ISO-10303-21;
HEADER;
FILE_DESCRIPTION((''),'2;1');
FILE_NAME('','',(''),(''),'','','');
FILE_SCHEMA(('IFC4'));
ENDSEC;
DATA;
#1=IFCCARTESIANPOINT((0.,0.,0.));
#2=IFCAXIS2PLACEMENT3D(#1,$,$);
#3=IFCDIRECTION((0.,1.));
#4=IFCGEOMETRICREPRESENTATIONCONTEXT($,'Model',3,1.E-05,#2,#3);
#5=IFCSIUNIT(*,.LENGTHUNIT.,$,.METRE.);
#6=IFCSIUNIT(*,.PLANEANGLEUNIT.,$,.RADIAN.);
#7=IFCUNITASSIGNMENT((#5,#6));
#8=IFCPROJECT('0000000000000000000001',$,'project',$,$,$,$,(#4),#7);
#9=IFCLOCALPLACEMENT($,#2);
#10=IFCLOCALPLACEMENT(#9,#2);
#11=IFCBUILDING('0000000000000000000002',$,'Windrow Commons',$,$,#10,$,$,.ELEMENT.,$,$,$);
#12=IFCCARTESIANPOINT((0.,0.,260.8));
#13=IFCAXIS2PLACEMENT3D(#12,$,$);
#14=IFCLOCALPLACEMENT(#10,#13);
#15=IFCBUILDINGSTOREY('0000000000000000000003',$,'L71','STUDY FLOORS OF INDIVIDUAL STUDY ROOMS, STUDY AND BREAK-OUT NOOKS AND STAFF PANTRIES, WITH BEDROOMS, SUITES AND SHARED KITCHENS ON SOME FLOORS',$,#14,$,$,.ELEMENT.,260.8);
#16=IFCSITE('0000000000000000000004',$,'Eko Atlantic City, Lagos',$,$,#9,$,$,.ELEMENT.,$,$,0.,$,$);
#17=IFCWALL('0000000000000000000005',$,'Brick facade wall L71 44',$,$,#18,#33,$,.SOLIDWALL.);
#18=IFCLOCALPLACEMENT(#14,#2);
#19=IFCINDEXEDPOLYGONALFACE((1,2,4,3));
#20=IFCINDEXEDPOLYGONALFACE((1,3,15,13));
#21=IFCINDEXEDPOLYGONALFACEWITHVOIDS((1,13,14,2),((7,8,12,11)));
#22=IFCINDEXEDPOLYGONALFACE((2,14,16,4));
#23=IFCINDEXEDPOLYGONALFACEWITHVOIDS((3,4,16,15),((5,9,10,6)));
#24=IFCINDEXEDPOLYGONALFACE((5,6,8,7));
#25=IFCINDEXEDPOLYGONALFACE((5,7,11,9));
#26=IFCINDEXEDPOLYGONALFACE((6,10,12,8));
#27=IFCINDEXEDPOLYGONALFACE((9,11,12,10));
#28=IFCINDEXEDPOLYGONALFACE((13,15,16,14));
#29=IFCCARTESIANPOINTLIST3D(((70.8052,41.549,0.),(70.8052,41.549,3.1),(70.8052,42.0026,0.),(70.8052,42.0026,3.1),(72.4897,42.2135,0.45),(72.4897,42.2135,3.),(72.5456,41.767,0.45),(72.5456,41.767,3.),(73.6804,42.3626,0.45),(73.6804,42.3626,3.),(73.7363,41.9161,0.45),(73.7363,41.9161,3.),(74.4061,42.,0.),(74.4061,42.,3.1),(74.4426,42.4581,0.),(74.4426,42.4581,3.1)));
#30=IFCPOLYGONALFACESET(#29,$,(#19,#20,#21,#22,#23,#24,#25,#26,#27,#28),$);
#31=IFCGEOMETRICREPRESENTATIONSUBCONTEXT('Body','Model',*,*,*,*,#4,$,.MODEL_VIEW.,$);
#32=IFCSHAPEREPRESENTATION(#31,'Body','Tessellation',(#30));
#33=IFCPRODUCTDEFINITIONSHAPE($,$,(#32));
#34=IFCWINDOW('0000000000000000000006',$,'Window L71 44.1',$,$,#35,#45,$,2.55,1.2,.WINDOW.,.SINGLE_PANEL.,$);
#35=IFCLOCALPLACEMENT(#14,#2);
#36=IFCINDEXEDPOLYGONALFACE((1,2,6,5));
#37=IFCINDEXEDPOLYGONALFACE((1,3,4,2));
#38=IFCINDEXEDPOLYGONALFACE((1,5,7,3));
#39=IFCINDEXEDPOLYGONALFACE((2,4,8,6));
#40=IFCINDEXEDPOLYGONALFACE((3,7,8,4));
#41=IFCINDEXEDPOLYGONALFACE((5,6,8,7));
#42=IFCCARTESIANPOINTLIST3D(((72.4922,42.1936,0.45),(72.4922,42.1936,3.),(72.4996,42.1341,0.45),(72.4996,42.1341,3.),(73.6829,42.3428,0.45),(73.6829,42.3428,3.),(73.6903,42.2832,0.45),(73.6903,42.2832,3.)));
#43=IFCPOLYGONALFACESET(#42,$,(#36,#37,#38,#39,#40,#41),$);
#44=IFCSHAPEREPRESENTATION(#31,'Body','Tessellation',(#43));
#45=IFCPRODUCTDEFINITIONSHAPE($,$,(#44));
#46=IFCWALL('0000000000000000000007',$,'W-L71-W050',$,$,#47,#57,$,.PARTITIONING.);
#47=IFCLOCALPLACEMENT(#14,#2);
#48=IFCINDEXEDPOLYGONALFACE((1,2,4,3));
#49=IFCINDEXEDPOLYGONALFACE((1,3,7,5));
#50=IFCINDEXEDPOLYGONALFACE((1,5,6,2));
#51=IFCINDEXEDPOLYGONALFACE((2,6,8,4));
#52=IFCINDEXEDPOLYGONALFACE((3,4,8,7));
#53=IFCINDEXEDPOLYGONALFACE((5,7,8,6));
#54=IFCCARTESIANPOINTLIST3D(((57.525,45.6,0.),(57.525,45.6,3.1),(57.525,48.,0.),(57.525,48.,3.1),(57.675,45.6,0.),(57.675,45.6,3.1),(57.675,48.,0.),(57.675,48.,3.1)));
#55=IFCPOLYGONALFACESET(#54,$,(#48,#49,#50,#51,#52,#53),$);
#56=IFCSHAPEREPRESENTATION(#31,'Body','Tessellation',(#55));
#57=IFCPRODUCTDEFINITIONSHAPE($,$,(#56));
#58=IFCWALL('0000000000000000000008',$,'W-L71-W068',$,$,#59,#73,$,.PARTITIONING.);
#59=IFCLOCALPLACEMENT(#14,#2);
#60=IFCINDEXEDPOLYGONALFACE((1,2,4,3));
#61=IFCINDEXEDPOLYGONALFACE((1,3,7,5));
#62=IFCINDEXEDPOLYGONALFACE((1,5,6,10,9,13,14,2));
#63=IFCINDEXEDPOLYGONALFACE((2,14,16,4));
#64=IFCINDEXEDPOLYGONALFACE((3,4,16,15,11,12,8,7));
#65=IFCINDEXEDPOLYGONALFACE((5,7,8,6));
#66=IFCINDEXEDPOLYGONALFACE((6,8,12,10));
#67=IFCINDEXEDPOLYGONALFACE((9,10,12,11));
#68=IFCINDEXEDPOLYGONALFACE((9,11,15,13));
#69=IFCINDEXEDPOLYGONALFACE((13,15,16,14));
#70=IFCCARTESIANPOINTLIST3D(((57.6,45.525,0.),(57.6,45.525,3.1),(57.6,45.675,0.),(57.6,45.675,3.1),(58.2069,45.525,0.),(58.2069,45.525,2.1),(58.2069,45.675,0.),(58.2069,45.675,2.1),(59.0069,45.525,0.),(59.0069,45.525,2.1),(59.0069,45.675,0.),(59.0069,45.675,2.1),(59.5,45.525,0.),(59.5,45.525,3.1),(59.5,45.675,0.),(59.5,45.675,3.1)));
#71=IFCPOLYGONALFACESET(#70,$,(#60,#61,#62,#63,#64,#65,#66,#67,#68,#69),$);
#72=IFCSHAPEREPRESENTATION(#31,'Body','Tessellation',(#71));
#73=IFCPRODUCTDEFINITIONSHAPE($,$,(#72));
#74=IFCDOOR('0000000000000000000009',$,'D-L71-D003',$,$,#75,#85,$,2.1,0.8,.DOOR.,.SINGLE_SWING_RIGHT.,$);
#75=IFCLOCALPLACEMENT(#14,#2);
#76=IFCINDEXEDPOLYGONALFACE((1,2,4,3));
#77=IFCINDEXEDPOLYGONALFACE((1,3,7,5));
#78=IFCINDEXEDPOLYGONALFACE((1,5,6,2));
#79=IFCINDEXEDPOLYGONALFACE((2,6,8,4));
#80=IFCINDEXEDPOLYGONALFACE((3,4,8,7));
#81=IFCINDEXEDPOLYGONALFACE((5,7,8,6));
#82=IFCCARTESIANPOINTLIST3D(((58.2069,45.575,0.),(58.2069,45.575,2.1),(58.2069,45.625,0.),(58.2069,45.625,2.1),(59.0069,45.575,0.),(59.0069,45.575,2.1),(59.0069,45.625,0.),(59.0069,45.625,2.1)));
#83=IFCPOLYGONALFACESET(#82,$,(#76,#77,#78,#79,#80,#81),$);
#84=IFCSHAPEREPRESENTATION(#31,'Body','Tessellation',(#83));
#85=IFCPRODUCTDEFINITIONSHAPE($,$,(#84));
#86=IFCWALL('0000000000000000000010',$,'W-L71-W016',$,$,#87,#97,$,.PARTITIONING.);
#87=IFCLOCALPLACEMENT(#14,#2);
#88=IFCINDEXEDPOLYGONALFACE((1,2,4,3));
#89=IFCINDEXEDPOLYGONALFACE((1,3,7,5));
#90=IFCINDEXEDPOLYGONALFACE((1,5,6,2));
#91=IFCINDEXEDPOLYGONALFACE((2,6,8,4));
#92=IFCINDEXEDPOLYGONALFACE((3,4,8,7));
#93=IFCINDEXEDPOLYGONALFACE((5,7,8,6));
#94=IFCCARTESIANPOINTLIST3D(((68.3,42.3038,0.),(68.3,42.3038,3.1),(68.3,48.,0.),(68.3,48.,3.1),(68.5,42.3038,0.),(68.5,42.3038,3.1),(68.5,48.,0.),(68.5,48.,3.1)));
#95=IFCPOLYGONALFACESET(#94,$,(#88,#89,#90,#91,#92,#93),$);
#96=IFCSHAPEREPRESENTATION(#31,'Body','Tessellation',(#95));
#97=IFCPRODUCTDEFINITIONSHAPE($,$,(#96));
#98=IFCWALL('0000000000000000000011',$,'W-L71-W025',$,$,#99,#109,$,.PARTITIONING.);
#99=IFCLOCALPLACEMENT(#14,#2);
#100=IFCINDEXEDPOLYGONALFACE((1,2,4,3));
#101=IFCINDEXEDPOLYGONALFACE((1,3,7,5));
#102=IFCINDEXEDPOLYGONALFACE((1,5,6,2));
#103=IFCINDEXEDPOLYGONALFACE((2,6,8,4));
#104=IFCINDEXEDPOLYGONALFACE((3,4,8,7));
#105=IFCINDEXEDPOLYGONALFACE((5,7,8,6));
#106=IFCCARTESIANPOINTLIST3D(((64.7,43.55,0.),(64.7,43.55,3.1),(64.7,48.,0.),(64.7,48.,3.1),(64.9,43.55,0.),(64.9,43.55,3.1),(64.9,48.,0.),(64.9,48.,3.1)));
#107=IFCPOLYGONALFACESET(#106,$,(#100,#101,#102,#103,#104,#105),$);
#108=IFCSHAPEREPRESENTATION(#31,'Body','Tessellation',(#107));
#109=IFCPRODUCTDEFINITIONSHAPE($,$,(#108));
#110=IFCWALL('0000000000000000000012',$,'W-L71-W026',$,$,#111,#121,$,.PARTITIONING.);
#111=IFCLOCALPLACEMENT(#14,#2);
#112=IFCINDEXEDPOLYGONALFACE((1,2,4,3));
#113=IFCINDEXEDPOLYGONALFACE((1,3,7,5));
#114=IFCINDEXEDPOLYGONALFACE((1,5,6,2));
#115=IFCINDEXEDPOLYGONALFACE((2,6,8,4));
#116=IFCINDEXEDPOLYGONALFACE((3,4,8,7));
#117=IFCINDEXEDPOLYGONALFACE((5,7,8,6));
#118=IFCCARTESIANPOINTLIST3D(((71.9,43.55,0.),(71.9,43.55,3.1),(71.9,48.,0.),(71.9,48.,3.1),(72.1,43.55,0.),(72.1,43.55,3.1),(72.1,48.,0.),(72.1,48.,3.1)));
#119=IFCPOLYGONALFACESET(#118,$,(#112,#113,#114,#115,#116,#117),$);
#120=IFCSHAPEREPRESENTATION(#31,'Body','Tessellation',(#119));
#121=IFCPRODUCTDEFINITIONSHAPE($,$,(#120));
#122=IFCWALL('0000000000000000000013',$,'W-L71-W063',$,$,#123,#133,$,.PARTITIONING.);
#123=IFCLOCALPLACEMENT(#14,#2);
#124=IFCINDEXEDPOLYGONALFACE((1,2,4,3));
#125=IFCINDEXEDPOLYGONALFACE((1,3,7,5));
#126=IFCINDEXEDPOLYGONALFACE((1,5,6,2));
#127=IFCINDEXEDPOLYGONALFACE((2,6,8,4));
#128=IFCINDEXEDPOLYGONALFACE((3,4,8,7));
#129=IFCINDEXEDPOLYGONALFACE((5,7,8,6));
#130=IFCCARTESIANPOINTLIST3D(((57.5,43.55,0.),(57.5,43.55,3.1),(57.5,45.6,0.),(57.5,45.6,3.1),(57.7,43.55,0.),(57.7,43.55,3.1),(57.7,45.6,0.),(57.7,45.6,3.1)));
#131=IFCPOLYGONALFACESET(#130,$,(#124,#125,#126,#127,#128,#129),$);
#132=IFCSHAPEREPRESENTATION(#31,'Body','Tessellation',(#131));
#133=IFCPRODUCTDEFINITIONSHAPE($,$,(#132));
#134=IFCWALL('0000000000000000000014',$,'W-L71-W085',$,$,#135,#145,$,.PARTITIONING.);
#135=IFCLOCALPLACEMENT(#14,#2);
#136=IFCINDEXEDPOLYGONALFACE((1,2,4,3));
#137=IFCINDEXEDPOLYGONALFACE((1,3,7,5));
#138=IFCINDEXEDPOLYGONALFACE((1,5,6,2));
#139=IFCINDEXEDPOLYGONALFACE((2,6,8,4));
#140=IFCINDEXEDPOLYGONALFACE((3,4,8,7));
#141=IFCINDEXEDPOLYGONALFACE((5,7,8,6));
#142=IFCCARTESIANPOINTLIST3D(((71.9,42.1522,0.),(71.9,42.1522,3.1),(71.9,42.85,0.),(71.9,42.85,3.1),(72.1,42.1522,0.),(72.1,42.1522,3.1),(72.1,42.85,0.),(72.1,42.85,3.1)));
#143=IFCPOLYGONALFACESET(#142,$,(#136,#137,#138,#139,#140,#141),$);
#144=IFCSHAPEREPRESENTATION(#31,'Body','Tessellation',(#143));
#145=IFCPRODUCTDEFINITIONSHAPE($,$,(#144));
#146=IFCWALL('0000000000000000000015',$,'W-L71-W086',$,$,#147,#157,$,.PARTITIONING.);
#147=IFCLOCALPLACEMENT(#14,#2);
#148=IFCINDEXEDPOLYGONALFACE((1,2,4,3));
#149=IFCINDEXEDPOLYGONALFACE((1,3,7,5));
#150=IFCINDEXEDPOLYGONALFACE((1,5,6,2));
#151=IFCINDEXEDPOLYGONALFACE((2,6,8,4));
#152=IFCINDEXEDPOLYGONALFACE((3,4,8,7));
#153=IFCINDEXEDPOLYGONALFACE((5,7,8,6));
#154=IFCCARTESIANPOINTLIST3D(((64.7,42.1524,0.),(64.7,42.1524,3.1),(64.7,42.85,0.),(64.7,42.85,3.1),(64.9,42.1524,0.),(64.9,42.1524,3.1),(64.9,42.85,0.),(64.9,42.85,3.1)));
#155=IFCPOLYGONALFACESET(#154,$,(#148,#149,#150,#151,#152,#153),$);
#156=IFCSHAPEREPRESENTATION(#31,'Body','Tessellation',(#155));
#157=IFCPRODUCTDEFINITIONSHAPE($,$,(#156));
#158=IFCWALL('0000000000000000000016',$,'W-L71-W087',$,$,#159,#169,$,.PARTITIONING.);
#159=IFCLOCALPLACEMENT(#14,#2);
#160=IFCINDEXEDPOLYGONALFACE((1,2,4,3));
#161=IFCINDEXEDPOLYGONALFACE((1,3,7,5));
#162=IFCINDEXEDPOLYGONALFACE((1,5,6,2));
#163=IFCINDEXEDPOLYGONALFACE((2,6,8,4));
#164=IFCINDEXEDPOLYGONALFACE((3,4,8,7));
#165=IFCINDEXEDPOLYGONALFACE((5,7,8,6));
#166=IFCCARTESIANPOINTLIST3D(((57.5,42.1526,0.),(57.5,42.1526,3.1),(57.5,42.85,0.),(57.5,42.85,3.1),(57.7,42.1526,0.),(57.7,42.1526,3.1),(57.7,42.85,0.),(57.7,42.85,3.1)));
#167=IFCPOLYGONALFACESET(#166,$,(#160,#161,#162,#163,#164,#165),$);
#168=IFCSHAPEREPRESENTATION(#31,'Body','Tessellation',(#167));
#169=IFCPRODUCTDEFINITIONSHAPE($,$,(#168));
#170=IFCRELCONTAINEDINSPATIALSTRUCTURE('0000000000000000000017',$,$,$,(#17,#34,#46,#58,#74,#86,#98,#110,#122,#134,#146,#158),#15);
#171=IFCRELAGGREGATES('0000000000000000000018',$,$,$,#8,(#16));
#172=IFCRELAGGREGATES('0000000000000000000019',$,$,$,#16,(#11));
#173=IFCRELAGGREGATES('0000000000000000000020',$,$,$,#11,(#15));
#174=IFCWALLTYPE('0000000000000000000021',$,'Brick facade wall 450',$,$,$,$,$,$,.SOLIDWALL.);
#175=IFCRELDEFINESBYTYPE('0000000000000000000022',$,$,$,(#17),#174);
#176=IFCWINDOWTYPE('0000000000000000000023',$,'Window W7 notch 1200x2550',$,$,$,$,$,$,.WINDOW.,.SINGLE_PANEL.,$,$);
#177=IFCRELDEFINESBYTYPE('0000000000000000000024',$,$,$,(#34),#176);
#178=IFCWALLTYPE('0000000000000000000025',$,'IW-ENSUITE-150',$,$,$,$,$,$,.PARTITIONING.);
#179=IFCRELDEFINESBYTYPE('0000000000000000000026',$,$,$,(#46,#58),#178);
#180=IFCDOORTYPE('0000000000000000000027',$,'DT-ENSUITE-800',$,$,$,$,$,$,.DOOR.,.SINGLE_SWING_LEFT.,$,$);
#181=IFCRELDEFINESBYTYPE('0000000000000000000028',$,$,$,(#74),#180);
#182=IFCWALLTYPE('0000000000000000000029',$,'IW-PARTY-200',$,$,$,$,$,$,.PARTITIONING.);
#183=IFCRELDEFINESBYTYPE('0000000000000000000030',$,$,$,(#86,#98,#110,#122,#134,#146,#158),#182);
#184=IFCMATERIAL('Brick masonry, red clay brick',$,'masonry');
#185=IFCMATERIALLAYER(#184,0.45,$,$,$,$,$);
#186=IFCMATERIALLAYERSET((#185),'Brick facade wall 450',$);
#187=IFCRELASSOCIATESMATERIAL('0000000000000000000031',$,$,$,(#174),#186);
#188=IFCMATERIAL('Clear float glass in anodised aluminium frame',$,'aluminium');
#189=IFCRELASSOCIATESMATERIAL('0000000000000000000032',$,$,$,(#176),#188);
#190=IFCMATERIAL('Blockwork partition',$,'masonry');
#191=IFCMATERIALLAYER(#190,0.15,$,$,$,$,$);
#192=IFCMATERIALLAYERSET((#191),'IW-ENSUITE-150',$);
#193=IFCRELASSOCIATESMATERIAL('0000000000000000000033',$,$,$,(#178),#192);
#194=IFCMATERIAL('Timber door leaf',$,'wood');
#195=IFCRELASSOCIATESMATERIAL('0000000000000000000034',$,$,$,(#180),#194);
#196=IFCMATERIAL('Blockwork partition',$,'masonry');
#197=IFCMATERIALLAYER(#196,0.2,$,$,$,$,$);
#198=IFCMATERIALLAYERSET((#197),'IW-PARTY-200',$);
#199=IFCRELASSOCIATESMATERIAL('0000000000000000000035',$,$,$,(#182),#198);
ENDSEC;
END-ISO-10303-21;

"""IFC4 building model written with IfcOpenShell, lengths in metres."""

from ifc_helpers import new_model, si_unit, direction, frame, frame_2d, origin, place, context, subcontext, project, spatial, polyline, rectangle, outline, extrude, material, layer, layer_set, type_object, element, fill, save


model = new_model("IFC4")

# Units and contexts
model_context = context("Model", 3, precision=1e-05, world=origin(), true_north=direction((0.0, 1.0)))
body_context = subcontext(model_context, "Body", "Model", "MODEL_VIEW")
ifc_project = project(units=[si_unit("LENGTHUNIT", "METRE"), si_unit("PLANEANGLEUNIT", "RADIAN")], contexts=[model_context])

# Site, building, storey
site_placement = place(None, origin())
site = spatial("IfcSite", under=ifc_project, at=site_placement, Name="Eko Atlantic City, Lagos", CompositionType="ELEMENT", RefElevation=0.0)
building_placement = place(site_placement, origin())
building = spatial("IfcBuilding", under=site, at=building_placement, Name="Windrow Commons", CompositionType="ELEMENT")
storey_placement = place(building_placement, frame((0.0, 0.0, 260.8)))
storey = spatial("IfcBuildingStorey", under=building, at=storey_placement, Name="L71", Description="STUDY FLOORS OF INDIVIDUAL STUDY ROOMS, STUDY AND BREAK-OUT NOOKS AND STAFF PANTRIES, WITH BEDROOMS, SUITES AND SHARED KITCHENS ON SOME FLOORS", CompositionType="ELEMENT", Elevation=260.8)

# Wall, opening, window
ifc_material_1 = material(Name="Brick masonry, red clay brick", Category="masonry")
ifc_layer_1 = layer(ifc_material_1, 0.45)
ifc_layer_set_1 = layer_set([ifc_layer_1], Name="Brick facade wall 450")
wall_type_1 = type_object("IfcWallType", Name="Brick facade wall 450", PredefinedType="SOLIDWALL", material=ifc_layer_set_1)
ifc_material_2 = material(Name="Clear float glass in anodised aluminium frame", Category="aluminium")
window_type = type_object("IfcWindowType", Name="Window W7 notch 1200x2550", PartitioningType="SINGLE_PANEL", PredefinedType="WINDOW", material=ifc_material_2)
wall_1_placement = place(storey_placement, frame((70.8052, 41.7758, 0.0), z_axis=(0.0, 0.0, 1.0), x_axis=(0.99225, 0.124254, 0.0)))
wall_1 = element("IfcWall", 1, at=wall_1_placement, inside=storey, type_object=wall_type_1, Name="Brick facade wall L71 44", PredefinedType="SOLIDWALL", context=body_context, shape_type="SweptSolid", body=[
    extrude(outline(polyline([(-0.0282, -0.225), (3.6008, -0.225), (3.694, 0.225), (0.0282, 0.225), (-0.0282, -0.225)])), origin(), (0.0, 0.0, 1.0), 3.1),
])
opening_1_placement = place(wall_1_placement, frame((1.7258, 0.0, 0.45)))
opening_1 = element("IfcOpeningElement", 2, at=opening_1_placement, cuts=wall_1, PredefinedType="OPENING", context=body_context, shape_type="SweptSolid", body=[
    extrude(rectangle(XDim=1.2, YDim=2.55, at=frame_2d((0.6, 1.275))), frame((0.0, 0.235, 0.0), z_axis=(0.0, -1.0, 0.0), x_axis=(1.0, 0.0, 0.0)), (0.0, 0.0, 1.0), 0.47),
])
window_1_placement = place(opening_1_placement, origin())
window_1 = element("IfcWindow", 3, at=window_1_placement, inside=storey, type_object=window_type, Name="Window L71 44.1", OverallHeight=2.55, OverallWidth=1.2, PartitioningType="SINGLE_PANEL", PredefinedType="WINDOW", context=body_context, shape_type="SweptSolid", body=[
    extrude(rectangle(XDim=1.2, YDim=2.55, at=frame_2d((0.6, 1.275))), frame((0.0, 0.205, 0.0), z_axis=(0.0, -1.0, 0.0), x_axis=(1.0, 0.0, 0.0)), (0.0, 0.0, 1.0), 0.06),
])
fill(opening_1, window_1)

# Wall
ifc_material_3 = material(Name="Blockwork partition", Category="masonry")
ifc_layer_2 = layer(ifc_material_3, 0.15)
ifc_layer_set_2 = layer_set([ifc_layer_2], Name="IW-ENSUITE-150")
wall_type_2 = type_object("IfcWallType", Name="IW-ENSUITE-150", PredefinedType="PARTITIONING", material=ifc_layer_set_2)
wall_2_placement = place(storey_placement, frame((57.6, 45.6, 0.0), z_axis=(0.0, 0.0, 1.0), x_axis=(0.0, 1.0, 0.0)))
element("IfcWall", 4, at=wall_2_placement, inside=storey, type_object=wall_type_2, Name="W-L71-W050", PredefinedType="PARTITIONING", context=body_context, shape_type="SweptSolid", body=[
    extrude(rectangle(XDim=2.4, YDim=0.15, at=frame_2d((1.2, 0.0))), origin(), (0.0, 0.0, 1.0), 3.1),
])

# Wall, opening, door
wall_3_placement = place(storey_placement, frame((57.6, 45.6, 0.0), z_axis=(0.0, 0.0, 1.0), x_axis=(1.0, 0.0, 0.0)))
wall_3 = element("IfcWall", 5, at=wall_3_placement, inside=storey, type_object=wall_type_2, Name="W-L71-W068", PredefinedType="PARTITIONING", context=body_context, shape_type="SweptSolid", body=[
    extrude(rectangle(XDim=1.9, YDim=0.15, at=frame_2d((0.95, 0.0))), origin(), (0.0, 0.0, 1.0), 3.1),
])
opening_2_placement = place(wall_3_placement, frame((0.6069, 0.0, 0.0)))
opening_2 = element("IfcOpeningElement", 6, at=opening_2_placement, cuts=wall_3, PredefinedType="OPENING", context=body_context, shape_type="SweptSolid", body=[
    extrude(rectangle(XDim=0.8, YDim=2.1, at=frame_2d((0.4, 1.05))), frame((0.0, 0.085, 0.0), z_axis=(0.0, -1.0, 0.0), x_axis=(1.0, 0.0, 0.0)), (0.0, 0.0, 1.0), 0.17),
])
ifc_material_4 = material(Name="Timber door leaf", Category="wood")
door_type = type_object("IfcDoorType", Name="DT-ENSUITE-800", OperationType="SINGLE_SWING_LEFT", PredefinedType="DOOR", material=ifc_material_4)
door_placement = place(opening_2_placement, origin())
door = element("IfcDoor", 7, at=door_placement, inside=storey, type_object=door_type, Name="D-L71-D003", OperationType="SINGLE_SWING_RIGHT", OverallHeight=2.1, OverallWidth=0.8, PredefinedType="DOOR", context=body_context, shape_type="SweptSolid", body=[
    extrude(rectangle(XDim=0.8, YDim=2.1, at=frame_2d((0.4, 1.05))), frame((0.0, 0.025, 0.0), z_axis=(0.0, -1.0, 0.0), x_axis=(1.0, 0.0, 0.0)), (0.0, 0.0, 1.0), 0.05),
])
fill(opening_2, door)

# Walls
ifc_material_5 = material(Name="Blockwork partition", Category="masonry")
ifc_layer_3 = layer(ifc_material_5, 0.2)
ifc_layer_set_3 = layer_set([ifc_layer_3], Name="IW-PARTY-200")
wall_type_3 = type_object("IfcWallType", Name="IW-PARTY-200", PredefinedType="PARTITIONING", material=ifc_layer_set_3)
wall_4_placement = place(storey_placement, frame((68.4, 42.3038, 0.0), z_axis=(0.0, 0.0, 1.0), x_axis=(0.0, 1.0, 0.0)))
element("IfcWall", 8, at=wall_4_placement, inside=storey, type_object=wall_type_3, Name="W-L71-W016", PredefinedType="PARTITIONING", context=body_context, shape_type="SweptSolid", body=[
    extrude(rectangle(XDim=5.6962, YDim=0.2, at=frame_2d((2.8481, 0.0))), origin(), (0.0, 0.0, 1.0), 3.1),
])
for number, where, z_axis, x_axis, name in (
    (9, (64.8, 43.55, 0.0), (0.0, 0.0, 1.0), (0.0, 1.0, 0.0), "W-L71-W025"),
    (10, (72.0, 43.55, 0.0), (0.0, 0.0, 1.0), (0.0, 1.0, 0.0), "W-L71-W026"),
):
    element("IfcWall", number, at=place(storey_placement, frame(where, z_axis=z_axis, x_axis=x_axis)), inside=storey, type_object=wall_type_3, Name=name, PredefinedType="PARTITIONING", context=body_context, shape_type="SweptSolid", body=[
        extrude(rectangle(XDim=4.45, YDim=0.2, at=frame_2d((2.225, 0.0))), origin(), (0.0, 0.0, 1.0), 3.1),
    ])
wall_5_placement = place(storey_placement, frame((57.6, 43.55, 0.0), z_axis=(0.0, 0.0, 1.0), x_axis=(0.0, 1.0, 0.0)))
element("IfcWall", 11, at=wall_5_placement, inside=storey, type_object=wall_type_3, Name="W-L71-W063", PredefinedType="PARTITIONING", context=body_context, shape_type="SweptSolid", body=[
    extrude(rectangle(XDim=2.05, YDim=0.2, at=frame_2d((1.025, 0.0))), origin(), (0.0, 0.0, 1.0), 3.1),
])
wall_6_placement = place(storey_placement, frame((72.0, 42.1522, 0.0), z_axis=(0.0, 0.0, 1.0), x_axis=(0.0, 1.0, 0.0)))
element("IfcWall", 12, at=wall_6_placement, inside=storey, type_object=wall_type_3, Name="W-L71-W085", PredefinedType="PARTITIONING", context=body_context, shape_type="SweptSolid", body=[
    extrude(rectangle(XDim=0.6978, YDim=0.2, at=frame_2d((0.3489, 0.0))), origin(), (0.0, 0.0, 1.0), 3.1),
])
wall_7_placement = place(storey_placement, frame((64.8, 42.1524, 0.0), z_axis=(0.0, 0.0, 1.0), x_axis=(0.0, 1.0, 0.0)))
element("IfcWall", 13, at=wall_7_placement, inside=storey, type_object=wall_type_3, Name="W-L71-W086", PredefinedType="PARTITIONING", context=body_context, shape_type="SweptSolid", body=[
    extrude(rectangle(XDim=0.6976, YDim=0.2, at=frame_2d((0.3488, 0.0))), origin(), (0.0, 0.0, 1.0), 3.1),
])
wall_8_placement = place(storey_placement, frame((57.6, 42.1526, 0.0), z_axis=(0.0, 0.0, 1.0), x_axis=(0.0, 1.0, 0.0)))
element("IfcWall", 14, at=wall_8_placement, inside=storey, type_object=wall_type_3, Name="W-L71-W087", PredefinedType="PARTITIONING", context=body_context, shape_type="SweptSolid", body=[
    extrude(rectangle(XDim=0.6974, YDim=0.2, at=frame_2d((0.3487, 0.0))), origin(), (0.0, 0.0, 1.0), 3.1),
])

save(model, "model.ifc")
